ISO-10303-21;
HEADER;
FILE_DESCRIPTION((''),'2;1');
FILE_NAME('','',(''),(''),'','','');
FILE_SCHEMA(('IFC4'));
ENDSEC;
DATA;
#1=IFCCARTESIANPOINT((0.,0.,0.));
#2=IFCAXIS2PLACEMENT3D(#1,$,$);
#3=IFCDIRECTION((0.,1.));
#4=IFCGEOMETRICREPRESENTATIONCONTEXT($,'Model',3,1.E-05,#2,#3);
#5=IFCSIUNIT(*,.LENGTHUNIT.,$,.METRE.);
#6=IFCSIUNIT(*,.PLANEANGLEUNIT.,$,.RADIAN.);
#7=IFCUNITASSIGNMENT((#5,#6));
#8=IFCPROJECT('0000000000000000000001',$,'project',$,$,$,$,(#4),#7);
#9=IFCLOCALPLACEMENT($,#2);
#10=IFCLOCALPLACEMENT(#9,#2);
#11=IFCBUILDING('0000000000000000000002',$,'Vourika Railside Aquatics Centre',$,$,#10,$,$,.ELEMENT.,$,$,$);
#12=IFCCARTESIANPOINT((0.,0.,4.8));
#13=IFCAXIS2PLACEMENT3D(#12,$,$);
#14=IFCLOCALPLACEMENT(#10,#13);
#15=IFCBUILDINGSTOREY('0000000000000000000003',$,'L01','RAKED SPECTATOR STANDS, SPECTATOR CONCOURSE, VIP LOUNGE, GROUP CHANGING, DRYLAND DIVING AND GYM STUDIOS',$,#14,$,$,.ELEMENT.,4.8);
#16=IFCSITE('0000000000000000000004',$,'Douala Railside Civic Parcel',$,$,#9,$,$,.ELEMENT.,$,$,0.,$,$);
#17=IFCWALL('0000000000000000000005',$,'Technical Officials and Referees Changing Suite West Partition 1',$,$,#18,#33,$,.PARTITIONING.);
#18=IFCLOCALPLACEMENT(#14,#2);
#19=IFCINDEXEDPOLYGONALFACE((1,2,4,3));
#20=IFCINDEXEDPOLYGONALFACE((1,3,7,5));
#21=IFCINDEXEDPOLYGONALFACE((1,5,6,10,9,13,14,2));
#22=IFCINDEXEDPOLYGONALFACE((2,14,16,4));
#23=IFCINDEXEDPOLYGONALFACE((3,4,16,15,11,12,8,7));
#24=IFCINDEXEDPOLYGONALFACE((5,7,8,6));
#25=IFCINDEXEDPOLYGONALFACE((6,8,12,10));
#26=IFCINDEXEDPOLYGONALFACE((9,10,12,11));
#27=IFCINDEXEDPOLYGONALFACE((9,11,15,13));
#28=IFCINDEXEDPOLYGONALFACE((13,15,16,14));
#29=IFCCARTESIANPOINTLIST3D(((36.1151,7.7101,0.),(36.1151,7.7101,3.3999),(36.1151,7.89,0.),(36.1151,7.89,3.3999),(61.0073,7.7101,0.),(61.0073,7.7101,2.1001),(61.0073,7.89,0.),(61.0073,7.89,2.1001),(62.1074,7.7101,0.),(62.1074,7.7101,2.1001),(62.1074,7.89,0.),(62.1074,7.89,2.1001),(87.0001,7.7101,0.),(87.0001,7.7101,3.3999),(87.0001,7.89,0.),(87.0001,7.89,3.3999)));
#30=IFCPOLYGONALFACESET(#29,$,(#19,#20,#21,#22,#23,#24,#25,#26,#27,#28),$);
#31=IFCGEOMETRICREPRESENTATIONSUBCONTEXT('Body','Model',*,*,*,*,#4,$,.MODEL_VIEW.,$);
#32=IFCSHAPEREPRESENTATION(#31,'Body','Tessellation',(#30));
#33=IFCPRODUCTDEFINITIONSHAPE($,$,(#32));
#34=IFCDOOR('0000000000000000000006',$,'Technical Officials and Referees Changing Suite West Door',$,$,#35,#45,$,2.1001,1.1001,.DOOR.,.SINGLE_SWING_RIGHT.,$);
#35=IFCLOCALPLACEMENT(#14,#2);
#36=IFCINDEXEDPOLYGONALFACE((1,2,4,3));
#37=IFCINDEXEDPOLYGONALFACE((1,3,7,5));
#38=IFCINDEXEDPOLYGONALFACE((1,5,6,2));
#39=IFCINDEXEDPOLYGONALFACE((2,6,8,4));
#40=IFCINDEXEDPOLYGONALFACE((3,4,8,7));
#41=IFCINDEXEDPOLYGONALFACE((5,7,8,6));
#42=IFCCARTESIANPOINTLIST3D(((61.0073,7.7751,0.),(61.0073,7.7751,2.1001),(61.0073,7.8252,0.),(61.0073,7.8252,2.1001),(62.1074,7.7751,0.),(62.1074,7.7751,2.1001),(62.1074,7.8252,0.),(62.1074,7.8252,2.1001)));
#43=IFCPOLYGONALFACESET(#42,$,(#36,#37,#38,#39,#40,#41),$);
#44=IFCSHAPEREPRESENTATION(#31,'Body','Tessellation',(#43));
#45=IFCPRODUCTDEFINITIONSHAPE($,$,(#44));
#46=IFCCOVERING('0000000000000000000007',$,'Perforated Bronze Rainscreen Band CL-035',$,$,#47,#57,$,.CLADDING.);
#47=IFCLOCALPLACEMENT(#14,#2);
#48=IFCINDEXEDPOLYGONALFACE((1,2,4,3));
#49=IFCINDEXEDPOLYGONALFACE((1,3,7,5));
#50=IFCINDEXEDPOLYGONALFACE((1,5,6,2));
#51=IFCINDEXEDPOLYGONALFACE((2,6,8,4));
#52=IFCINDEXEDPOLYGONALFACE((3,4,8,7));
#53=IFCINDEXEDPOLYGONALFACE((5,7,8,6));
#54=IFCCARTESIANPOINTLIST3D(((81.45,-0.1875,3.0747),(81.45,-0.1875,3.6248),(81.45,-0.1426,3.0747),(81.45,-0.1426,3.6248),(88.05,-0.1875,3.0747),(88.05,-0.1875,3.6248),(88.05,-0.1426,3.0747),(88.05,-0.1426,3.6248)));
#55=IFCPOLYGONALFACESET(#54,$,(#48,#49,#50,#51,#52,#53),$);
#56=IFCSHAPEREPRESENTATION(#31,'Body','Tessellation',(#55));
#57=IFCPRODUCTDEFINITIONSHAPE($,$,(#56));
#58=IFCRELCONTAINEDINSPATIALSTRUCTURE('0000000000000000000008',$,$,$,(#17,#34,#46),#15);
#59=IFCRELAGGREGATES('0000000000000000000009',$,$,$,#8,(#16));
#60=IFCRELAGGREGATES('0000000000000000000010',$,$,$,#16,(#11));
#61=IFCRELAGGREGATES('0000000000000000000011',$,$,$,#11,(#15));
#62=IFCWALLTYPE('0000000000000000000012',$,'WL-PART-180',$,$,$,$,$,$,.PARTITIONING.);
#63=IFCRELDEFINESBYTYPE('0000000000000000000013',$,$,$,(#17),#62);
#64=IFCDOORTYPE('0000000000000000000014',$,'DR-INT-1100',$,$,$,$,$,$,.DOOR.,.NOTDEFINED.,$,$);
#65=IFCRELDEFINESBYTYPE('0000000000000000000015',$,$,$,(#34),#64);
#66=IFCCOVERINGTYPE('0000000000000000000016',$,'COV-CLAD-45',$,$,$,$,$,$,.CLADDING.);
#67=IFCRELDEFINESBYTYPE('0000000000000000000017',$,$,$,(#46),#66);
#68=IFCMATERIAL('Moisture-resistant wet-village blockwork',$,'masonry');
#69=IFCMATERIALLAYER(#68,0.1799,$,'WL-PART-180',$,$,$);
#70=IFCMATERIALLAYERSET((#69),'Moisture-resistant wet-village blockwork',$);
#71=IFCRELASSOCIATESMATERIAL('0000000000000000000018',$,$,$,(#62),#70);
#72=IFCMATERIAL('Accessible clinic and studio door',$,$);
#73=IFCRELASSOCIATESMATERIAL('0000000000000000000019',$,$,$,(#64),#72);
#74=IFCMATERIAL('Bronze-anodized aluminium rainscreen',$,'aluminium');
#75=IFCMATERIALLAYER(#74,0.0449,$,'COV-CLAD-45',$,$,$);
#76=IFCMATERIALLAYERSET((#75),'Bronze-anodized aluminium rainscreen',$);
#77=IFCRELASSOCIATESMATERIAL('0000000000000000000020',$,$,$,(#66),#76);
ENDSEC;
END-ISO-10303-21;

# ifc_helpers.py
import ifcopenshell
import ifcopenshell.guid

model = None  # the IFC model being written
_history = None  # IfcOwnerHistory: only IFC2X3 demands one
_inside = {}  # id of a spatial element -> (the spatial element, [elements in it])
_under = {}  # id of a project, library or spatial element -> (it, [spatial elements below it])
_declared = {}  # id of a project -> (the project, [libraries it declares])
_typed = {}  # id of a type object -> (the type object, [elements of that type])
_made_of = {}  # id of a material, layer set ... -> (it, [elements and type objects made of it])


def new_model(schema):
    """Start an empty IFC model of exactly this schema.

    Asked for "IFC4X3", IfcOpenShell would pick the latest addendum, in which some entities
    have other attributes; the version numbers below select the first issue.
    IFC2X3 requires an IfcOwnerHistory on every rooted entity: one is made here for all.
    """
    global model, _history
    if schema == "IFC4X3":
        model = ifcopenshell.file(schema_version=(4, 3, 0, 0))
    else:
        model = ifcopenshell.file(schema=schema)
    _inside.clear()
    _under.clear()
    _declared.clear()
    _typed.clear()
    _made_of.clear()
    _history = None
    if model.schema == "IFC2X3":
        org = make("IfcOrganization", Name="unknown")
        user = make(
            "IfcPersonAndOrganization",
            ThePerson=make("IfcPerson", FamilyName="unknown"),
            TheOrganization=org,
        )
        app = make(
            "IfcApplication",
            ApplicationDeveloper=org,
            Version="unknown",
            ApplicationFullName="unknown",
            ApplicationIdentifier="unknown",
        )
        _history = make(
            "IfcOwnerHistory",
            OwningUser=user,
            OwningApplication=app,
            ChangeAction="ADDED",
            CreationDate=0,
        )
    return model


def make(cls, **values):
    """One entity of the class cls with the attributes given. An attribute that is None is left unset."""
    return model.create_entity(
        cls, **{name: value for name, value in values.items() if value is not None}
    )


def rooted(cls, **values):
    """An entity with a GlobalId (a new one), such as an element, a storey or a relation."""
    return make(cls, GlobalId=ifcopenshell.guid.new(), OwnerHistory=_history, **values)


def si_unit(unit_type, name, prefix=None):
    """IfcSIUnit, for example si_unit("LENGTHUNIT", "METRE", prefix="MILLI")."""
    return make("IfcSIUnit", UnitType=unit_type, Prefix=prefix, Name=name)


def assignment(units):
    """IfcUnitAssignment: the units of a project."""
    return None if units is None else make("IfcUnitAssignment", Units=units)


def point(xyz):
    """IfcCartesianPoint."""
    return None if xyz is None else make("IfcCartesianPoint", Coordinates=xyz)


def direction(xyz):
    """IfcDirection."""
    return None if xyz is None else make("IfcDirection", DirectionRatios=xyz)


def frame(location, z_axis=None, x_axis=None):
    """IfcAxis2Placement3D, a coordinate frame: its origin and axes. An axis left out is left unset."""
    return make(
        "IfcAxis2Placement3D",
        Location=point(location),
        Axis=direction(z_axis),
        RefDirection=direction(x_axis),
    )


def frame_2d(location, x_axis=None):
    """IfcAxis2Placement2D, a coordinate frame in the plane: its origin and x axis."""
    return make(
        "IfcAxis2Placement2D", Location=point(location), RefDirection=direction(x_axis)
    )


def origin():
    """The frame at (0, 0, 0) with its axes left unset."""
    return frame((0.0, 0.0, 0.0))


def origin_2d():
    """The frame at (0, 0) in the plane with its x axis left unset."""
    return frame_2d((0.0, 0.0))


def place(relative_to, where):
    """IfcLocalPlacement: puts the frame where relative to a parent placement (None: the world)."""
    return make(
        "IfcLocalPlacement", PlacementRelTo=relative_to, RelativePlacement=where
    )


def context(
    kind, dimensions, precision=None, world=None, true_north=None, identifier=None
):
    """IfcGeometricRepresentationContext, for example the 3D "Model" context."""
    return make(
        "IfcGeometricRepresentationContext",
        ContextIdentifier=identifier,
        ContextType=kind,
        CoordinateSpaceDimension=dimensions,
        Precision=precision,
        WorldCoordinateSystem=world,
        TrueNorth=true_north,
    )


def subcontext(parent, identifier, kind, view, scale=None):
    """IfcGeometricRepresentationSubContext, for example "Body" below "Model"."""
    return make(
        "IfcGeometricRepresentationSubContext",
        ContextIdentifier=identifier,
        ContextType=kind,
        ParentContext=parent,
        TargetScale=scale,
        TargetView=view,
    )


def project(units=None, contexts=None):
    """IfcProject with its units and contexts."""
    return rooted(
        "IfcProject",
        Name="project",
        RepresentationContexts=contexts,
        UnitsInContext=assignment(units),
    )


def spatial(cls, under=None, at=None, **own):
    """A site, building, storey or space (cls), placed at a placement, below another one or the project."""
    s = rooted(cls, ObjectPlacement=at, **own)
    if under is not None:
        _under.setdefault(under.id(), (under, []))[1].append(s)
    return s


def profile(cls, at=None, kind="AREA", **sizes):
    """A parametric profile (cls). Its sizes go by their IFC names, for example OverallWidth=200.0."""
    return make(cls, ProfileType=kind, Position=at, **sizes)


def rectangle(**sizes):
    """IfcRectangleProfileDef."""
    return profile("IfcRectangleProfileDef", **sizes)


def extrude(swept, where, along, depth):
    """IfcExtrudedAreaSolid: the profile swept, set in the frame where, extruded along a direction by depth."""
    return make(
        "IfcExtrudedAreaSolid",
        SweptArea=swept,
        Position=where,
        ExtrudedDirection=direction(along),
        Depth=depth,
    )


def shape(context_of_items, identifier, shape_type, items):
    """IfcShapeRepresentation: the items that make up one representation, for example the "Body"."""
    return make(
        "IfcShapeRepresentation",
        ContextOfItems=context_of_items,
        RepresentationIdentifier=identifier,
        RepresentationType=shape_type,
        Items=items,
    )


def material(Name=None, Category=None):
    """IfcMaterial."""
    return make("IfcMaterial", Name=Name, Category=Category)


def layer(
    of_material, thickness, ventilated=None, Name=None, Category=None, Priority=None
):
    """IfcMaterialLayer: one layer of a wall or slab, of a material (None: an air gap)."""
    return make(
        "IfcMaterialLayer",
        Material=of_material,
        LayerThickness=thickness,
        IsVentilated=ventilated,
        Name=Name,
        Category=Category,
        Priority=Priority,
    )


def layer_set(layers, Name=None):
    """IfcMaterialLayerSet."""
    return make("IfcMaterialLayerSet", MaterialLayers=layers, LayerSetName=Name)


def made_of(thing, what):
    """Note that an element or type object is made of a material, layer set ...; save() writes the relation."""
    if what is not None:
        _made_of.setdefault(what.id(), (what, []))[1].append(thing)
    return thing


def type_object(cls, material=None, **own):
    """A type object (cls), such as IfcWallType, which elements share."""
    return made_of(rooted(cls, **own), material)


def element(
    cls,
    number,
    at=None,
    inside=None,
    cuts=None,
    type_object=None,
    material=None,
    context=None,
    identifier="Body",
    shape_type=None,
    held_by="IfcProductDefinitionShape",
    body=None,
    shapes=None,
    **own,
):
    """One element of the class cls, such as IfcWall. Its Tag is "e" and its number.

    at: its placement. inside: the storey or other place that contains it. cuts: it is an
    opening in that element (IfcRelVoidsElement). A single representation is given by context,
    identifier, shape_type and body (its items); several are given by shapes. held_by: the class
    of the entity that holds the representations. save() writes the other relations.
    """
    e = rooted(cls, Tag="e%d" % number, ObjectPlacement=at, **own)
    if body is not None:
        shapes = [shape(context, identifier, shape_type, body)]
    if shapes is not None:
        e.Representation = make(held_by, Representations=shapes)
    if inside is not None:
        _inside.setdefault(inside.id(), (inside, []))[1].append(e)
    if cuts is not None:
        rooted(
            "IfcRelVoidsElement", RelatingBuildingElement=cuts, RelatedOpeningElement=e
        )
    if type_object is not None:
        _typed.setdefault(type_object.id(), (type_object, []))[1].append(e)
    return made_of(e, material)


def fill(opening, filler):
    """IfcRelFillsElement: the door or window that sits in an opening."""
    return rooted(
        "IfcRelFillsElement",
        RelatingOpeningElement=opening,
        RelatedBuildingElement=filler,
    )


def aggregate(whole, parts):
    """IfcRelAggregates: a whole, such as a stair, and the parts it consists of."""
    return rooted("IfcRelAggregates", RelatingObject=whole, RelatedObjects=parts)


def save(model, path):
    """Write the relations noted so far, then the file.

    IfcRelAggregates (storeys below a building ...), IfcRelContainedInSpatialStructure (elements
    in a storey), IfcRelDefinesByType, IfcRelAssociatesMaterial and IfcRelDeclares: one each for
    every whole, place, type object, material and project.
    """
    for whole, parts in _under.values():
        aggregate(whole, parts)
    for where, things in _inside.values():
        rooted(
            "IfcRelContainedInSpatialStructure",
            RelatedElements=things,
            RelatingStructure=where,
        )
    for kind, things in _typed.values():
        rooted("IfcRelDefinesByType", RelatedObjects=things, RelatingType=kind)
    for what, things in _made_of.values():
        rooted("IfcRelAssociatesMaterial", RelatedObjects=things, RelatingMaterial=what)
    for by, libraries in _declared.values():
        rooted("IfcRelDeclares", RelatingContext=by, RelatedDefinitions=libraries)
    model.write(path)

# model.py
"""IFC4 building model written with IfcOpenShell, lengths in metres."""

from ifc_helpers import new_model, si_unit, direction, frame, frame_2d, origin, origin_2d, place, context, subcontext, project, spatial, rectangle, extrude, material, layer, layer_set, type_object, element, fill, save


model = new_model("IFC4")

# Units and contexts
model_context = context("Model", 3, precision=1e-05, world=origin(), true_north=direction((0.0, 1.0)))
body_context = subcontext(model_context, "Body", "Model", "MODEL_VIEW")
ifc_project = project(units=[si_unit("LENGTHUNIT", "METRE"), si_unit("PLANEANGLEUNIT", "RADIAN")], contexts=[model_context])

# Site, building, storey
site_placement = place(None, origin())
site = spatial("IfcSite", under=ifc_project, at=site_placement, Name="Douala Railside Civic Parcel", CompositionType="ELEMENT", RefElevation=0.0)
building_placement = place(site_placement, origin())
building = spatial("IfcBuilding", under=site, at=building_placement, Name="Vourika Railside Aquatics Centre", CompositionType="ELEMENT")
storey_placement = place(building_placement, frame((0.0, 0.0, 4.8)))
storey = spatial("IfcBuildingStorey", under=building, at=storey_placement, Name="L01", Description="RAKED SPECTATOR STANDS, SPECTATOR CONCOURSE, VIP LOUNGE, GROUP CHANGING, DRYLAND DIVING AND GYM STUDIOS", CompositionType="ELEMENT", Elevation=4.8)

# Shared definitions
ifc_material_1 = material(Name="Moisture-resistant wet-village blockwork", Category="masonry")
ifc_layer_1 = layer(ifc_material_1, 0.1799, Name="WL-PART-180")
ifc_layer_set_1 = layer_set([ifc_layer_1], Name="Moisture-resistant wet-village blockwork")
wall_type_1 = type_object("IfcWallType", Name="WL-PART-180", PredefinedType="PARTITIONING", material=ifc_layer_set_1)

# Wall, opening, door
ifc_material_2 = material(Name="Accessible clinic and studio door")
door_type = type_object("IfcDoorType", Name="DR-INT-1100", OperationType="NOTDEFINED", PredefinedType="DOOR", material=ifc_material_2)
wall_1_placement = place(storey_placement, frame((87.0, 7.8, 0.0), z_axis=(0.0, 0.0, 1.0), x_axis=(-1.0, 0.0, 0.0)))
wall_1 = element("IfcWall", 1, at=wall_1_placement, inside=storey, type_object=wall_type_1, Name="Technical Officials and Referees Changing Suite West Partition 1", PredefinedType="PARTITIONING", context=body_context, shape_type="SweptSolid", body=[
    extrude(rectangle(XDim=50.885, YDim=0.1799, at=frame_2d((25.4424, 0.0))), origin(), (0.0, 0.0, 1.0), 3.3999),
])
opening_1_placement = place(wall_1_placement, frame((24.8926, 0.0, 0.0)))
opening_1 = element("IfcOpeningElement", 2, at=opening_1_placement, cuts=wall_1, PredefinedType="OPENING", context=body_context, shape_type="SweptSolid", body=[
    extrude(rectangle(XDim=1.1001, YDim=2.1001, at=frame_2d((0.55, 1.05))), frame((0.0, 0.1001, 0.0), z_axis=(0.0, -1.0, 0.0), x_axis=(1.0, 0.0, 0.0)), (0.0, 0.0, 1.0), 0.2),
])
door_1_placement = place(opening_1_placement, origin())
door_1 = element("IfcDoor", 3, at=door_1_placement, inside=storey, type_object=door_type, Name="Technical Officials and Referees Changing Suite West Door", OperationType="SINGLE_SWING_RIGHT", OverallHeight=2.1001, OverallWidth=1.1001, PredefinedType="DOOR", context=body_context, shape_type="SweptSolid", body=[
    extrude(rectangle(XDim=1.1001, YDim=2.1001, at=frame_2d((0.55, 1.05))), frame((0.0, 0.0249, 0.0), z_axis=(0.0, -1.0, 0.0), x_axis=(1.0, 0.0, 0.0)), (0.0, 0.0, 1.0), 0.05),
])
fill(opening_1, door_1)

# Covering
ifc_material_3 = material(Name="Bronze-anodized aluminium rainscreen", Category="aluminium")
ifc_layer_2 = layer(ifc_material_3, 0.0449, Name="COV-CLAD-45")
ifc_layer_set_2 = layer_set([ifc_layer_2], Name="Bronze-anodized aluminium rainscreen")
covering_type = type_object("IfcCoveringType", Name="COV-CLAD-45", PredefinedType="CLADDING", material=ifc_layer_set_2)
covering_placement = place(storey_placement, frame((84.75, -0.165, 3.0747), z_axis=(0.0, 0.0, 1.0), x_axis=(1.0, 0.0, 0.0)))
element("IfcCovering", 4, at=covering_placement, inside=storey, type_object=covering_type, Name="Perforated Bronze Rainscreen Band CL-035", PredefinedType="CLADDING", context=body_context, shape_type="SweptSolid", body=[
    extrude(rectangle(XDim=6.6001, YDim=0.0449, at=origin_2d()), origin(), (0.0, 0.0, 1.0), 0.55),
])

save(model, "model.ifc")
